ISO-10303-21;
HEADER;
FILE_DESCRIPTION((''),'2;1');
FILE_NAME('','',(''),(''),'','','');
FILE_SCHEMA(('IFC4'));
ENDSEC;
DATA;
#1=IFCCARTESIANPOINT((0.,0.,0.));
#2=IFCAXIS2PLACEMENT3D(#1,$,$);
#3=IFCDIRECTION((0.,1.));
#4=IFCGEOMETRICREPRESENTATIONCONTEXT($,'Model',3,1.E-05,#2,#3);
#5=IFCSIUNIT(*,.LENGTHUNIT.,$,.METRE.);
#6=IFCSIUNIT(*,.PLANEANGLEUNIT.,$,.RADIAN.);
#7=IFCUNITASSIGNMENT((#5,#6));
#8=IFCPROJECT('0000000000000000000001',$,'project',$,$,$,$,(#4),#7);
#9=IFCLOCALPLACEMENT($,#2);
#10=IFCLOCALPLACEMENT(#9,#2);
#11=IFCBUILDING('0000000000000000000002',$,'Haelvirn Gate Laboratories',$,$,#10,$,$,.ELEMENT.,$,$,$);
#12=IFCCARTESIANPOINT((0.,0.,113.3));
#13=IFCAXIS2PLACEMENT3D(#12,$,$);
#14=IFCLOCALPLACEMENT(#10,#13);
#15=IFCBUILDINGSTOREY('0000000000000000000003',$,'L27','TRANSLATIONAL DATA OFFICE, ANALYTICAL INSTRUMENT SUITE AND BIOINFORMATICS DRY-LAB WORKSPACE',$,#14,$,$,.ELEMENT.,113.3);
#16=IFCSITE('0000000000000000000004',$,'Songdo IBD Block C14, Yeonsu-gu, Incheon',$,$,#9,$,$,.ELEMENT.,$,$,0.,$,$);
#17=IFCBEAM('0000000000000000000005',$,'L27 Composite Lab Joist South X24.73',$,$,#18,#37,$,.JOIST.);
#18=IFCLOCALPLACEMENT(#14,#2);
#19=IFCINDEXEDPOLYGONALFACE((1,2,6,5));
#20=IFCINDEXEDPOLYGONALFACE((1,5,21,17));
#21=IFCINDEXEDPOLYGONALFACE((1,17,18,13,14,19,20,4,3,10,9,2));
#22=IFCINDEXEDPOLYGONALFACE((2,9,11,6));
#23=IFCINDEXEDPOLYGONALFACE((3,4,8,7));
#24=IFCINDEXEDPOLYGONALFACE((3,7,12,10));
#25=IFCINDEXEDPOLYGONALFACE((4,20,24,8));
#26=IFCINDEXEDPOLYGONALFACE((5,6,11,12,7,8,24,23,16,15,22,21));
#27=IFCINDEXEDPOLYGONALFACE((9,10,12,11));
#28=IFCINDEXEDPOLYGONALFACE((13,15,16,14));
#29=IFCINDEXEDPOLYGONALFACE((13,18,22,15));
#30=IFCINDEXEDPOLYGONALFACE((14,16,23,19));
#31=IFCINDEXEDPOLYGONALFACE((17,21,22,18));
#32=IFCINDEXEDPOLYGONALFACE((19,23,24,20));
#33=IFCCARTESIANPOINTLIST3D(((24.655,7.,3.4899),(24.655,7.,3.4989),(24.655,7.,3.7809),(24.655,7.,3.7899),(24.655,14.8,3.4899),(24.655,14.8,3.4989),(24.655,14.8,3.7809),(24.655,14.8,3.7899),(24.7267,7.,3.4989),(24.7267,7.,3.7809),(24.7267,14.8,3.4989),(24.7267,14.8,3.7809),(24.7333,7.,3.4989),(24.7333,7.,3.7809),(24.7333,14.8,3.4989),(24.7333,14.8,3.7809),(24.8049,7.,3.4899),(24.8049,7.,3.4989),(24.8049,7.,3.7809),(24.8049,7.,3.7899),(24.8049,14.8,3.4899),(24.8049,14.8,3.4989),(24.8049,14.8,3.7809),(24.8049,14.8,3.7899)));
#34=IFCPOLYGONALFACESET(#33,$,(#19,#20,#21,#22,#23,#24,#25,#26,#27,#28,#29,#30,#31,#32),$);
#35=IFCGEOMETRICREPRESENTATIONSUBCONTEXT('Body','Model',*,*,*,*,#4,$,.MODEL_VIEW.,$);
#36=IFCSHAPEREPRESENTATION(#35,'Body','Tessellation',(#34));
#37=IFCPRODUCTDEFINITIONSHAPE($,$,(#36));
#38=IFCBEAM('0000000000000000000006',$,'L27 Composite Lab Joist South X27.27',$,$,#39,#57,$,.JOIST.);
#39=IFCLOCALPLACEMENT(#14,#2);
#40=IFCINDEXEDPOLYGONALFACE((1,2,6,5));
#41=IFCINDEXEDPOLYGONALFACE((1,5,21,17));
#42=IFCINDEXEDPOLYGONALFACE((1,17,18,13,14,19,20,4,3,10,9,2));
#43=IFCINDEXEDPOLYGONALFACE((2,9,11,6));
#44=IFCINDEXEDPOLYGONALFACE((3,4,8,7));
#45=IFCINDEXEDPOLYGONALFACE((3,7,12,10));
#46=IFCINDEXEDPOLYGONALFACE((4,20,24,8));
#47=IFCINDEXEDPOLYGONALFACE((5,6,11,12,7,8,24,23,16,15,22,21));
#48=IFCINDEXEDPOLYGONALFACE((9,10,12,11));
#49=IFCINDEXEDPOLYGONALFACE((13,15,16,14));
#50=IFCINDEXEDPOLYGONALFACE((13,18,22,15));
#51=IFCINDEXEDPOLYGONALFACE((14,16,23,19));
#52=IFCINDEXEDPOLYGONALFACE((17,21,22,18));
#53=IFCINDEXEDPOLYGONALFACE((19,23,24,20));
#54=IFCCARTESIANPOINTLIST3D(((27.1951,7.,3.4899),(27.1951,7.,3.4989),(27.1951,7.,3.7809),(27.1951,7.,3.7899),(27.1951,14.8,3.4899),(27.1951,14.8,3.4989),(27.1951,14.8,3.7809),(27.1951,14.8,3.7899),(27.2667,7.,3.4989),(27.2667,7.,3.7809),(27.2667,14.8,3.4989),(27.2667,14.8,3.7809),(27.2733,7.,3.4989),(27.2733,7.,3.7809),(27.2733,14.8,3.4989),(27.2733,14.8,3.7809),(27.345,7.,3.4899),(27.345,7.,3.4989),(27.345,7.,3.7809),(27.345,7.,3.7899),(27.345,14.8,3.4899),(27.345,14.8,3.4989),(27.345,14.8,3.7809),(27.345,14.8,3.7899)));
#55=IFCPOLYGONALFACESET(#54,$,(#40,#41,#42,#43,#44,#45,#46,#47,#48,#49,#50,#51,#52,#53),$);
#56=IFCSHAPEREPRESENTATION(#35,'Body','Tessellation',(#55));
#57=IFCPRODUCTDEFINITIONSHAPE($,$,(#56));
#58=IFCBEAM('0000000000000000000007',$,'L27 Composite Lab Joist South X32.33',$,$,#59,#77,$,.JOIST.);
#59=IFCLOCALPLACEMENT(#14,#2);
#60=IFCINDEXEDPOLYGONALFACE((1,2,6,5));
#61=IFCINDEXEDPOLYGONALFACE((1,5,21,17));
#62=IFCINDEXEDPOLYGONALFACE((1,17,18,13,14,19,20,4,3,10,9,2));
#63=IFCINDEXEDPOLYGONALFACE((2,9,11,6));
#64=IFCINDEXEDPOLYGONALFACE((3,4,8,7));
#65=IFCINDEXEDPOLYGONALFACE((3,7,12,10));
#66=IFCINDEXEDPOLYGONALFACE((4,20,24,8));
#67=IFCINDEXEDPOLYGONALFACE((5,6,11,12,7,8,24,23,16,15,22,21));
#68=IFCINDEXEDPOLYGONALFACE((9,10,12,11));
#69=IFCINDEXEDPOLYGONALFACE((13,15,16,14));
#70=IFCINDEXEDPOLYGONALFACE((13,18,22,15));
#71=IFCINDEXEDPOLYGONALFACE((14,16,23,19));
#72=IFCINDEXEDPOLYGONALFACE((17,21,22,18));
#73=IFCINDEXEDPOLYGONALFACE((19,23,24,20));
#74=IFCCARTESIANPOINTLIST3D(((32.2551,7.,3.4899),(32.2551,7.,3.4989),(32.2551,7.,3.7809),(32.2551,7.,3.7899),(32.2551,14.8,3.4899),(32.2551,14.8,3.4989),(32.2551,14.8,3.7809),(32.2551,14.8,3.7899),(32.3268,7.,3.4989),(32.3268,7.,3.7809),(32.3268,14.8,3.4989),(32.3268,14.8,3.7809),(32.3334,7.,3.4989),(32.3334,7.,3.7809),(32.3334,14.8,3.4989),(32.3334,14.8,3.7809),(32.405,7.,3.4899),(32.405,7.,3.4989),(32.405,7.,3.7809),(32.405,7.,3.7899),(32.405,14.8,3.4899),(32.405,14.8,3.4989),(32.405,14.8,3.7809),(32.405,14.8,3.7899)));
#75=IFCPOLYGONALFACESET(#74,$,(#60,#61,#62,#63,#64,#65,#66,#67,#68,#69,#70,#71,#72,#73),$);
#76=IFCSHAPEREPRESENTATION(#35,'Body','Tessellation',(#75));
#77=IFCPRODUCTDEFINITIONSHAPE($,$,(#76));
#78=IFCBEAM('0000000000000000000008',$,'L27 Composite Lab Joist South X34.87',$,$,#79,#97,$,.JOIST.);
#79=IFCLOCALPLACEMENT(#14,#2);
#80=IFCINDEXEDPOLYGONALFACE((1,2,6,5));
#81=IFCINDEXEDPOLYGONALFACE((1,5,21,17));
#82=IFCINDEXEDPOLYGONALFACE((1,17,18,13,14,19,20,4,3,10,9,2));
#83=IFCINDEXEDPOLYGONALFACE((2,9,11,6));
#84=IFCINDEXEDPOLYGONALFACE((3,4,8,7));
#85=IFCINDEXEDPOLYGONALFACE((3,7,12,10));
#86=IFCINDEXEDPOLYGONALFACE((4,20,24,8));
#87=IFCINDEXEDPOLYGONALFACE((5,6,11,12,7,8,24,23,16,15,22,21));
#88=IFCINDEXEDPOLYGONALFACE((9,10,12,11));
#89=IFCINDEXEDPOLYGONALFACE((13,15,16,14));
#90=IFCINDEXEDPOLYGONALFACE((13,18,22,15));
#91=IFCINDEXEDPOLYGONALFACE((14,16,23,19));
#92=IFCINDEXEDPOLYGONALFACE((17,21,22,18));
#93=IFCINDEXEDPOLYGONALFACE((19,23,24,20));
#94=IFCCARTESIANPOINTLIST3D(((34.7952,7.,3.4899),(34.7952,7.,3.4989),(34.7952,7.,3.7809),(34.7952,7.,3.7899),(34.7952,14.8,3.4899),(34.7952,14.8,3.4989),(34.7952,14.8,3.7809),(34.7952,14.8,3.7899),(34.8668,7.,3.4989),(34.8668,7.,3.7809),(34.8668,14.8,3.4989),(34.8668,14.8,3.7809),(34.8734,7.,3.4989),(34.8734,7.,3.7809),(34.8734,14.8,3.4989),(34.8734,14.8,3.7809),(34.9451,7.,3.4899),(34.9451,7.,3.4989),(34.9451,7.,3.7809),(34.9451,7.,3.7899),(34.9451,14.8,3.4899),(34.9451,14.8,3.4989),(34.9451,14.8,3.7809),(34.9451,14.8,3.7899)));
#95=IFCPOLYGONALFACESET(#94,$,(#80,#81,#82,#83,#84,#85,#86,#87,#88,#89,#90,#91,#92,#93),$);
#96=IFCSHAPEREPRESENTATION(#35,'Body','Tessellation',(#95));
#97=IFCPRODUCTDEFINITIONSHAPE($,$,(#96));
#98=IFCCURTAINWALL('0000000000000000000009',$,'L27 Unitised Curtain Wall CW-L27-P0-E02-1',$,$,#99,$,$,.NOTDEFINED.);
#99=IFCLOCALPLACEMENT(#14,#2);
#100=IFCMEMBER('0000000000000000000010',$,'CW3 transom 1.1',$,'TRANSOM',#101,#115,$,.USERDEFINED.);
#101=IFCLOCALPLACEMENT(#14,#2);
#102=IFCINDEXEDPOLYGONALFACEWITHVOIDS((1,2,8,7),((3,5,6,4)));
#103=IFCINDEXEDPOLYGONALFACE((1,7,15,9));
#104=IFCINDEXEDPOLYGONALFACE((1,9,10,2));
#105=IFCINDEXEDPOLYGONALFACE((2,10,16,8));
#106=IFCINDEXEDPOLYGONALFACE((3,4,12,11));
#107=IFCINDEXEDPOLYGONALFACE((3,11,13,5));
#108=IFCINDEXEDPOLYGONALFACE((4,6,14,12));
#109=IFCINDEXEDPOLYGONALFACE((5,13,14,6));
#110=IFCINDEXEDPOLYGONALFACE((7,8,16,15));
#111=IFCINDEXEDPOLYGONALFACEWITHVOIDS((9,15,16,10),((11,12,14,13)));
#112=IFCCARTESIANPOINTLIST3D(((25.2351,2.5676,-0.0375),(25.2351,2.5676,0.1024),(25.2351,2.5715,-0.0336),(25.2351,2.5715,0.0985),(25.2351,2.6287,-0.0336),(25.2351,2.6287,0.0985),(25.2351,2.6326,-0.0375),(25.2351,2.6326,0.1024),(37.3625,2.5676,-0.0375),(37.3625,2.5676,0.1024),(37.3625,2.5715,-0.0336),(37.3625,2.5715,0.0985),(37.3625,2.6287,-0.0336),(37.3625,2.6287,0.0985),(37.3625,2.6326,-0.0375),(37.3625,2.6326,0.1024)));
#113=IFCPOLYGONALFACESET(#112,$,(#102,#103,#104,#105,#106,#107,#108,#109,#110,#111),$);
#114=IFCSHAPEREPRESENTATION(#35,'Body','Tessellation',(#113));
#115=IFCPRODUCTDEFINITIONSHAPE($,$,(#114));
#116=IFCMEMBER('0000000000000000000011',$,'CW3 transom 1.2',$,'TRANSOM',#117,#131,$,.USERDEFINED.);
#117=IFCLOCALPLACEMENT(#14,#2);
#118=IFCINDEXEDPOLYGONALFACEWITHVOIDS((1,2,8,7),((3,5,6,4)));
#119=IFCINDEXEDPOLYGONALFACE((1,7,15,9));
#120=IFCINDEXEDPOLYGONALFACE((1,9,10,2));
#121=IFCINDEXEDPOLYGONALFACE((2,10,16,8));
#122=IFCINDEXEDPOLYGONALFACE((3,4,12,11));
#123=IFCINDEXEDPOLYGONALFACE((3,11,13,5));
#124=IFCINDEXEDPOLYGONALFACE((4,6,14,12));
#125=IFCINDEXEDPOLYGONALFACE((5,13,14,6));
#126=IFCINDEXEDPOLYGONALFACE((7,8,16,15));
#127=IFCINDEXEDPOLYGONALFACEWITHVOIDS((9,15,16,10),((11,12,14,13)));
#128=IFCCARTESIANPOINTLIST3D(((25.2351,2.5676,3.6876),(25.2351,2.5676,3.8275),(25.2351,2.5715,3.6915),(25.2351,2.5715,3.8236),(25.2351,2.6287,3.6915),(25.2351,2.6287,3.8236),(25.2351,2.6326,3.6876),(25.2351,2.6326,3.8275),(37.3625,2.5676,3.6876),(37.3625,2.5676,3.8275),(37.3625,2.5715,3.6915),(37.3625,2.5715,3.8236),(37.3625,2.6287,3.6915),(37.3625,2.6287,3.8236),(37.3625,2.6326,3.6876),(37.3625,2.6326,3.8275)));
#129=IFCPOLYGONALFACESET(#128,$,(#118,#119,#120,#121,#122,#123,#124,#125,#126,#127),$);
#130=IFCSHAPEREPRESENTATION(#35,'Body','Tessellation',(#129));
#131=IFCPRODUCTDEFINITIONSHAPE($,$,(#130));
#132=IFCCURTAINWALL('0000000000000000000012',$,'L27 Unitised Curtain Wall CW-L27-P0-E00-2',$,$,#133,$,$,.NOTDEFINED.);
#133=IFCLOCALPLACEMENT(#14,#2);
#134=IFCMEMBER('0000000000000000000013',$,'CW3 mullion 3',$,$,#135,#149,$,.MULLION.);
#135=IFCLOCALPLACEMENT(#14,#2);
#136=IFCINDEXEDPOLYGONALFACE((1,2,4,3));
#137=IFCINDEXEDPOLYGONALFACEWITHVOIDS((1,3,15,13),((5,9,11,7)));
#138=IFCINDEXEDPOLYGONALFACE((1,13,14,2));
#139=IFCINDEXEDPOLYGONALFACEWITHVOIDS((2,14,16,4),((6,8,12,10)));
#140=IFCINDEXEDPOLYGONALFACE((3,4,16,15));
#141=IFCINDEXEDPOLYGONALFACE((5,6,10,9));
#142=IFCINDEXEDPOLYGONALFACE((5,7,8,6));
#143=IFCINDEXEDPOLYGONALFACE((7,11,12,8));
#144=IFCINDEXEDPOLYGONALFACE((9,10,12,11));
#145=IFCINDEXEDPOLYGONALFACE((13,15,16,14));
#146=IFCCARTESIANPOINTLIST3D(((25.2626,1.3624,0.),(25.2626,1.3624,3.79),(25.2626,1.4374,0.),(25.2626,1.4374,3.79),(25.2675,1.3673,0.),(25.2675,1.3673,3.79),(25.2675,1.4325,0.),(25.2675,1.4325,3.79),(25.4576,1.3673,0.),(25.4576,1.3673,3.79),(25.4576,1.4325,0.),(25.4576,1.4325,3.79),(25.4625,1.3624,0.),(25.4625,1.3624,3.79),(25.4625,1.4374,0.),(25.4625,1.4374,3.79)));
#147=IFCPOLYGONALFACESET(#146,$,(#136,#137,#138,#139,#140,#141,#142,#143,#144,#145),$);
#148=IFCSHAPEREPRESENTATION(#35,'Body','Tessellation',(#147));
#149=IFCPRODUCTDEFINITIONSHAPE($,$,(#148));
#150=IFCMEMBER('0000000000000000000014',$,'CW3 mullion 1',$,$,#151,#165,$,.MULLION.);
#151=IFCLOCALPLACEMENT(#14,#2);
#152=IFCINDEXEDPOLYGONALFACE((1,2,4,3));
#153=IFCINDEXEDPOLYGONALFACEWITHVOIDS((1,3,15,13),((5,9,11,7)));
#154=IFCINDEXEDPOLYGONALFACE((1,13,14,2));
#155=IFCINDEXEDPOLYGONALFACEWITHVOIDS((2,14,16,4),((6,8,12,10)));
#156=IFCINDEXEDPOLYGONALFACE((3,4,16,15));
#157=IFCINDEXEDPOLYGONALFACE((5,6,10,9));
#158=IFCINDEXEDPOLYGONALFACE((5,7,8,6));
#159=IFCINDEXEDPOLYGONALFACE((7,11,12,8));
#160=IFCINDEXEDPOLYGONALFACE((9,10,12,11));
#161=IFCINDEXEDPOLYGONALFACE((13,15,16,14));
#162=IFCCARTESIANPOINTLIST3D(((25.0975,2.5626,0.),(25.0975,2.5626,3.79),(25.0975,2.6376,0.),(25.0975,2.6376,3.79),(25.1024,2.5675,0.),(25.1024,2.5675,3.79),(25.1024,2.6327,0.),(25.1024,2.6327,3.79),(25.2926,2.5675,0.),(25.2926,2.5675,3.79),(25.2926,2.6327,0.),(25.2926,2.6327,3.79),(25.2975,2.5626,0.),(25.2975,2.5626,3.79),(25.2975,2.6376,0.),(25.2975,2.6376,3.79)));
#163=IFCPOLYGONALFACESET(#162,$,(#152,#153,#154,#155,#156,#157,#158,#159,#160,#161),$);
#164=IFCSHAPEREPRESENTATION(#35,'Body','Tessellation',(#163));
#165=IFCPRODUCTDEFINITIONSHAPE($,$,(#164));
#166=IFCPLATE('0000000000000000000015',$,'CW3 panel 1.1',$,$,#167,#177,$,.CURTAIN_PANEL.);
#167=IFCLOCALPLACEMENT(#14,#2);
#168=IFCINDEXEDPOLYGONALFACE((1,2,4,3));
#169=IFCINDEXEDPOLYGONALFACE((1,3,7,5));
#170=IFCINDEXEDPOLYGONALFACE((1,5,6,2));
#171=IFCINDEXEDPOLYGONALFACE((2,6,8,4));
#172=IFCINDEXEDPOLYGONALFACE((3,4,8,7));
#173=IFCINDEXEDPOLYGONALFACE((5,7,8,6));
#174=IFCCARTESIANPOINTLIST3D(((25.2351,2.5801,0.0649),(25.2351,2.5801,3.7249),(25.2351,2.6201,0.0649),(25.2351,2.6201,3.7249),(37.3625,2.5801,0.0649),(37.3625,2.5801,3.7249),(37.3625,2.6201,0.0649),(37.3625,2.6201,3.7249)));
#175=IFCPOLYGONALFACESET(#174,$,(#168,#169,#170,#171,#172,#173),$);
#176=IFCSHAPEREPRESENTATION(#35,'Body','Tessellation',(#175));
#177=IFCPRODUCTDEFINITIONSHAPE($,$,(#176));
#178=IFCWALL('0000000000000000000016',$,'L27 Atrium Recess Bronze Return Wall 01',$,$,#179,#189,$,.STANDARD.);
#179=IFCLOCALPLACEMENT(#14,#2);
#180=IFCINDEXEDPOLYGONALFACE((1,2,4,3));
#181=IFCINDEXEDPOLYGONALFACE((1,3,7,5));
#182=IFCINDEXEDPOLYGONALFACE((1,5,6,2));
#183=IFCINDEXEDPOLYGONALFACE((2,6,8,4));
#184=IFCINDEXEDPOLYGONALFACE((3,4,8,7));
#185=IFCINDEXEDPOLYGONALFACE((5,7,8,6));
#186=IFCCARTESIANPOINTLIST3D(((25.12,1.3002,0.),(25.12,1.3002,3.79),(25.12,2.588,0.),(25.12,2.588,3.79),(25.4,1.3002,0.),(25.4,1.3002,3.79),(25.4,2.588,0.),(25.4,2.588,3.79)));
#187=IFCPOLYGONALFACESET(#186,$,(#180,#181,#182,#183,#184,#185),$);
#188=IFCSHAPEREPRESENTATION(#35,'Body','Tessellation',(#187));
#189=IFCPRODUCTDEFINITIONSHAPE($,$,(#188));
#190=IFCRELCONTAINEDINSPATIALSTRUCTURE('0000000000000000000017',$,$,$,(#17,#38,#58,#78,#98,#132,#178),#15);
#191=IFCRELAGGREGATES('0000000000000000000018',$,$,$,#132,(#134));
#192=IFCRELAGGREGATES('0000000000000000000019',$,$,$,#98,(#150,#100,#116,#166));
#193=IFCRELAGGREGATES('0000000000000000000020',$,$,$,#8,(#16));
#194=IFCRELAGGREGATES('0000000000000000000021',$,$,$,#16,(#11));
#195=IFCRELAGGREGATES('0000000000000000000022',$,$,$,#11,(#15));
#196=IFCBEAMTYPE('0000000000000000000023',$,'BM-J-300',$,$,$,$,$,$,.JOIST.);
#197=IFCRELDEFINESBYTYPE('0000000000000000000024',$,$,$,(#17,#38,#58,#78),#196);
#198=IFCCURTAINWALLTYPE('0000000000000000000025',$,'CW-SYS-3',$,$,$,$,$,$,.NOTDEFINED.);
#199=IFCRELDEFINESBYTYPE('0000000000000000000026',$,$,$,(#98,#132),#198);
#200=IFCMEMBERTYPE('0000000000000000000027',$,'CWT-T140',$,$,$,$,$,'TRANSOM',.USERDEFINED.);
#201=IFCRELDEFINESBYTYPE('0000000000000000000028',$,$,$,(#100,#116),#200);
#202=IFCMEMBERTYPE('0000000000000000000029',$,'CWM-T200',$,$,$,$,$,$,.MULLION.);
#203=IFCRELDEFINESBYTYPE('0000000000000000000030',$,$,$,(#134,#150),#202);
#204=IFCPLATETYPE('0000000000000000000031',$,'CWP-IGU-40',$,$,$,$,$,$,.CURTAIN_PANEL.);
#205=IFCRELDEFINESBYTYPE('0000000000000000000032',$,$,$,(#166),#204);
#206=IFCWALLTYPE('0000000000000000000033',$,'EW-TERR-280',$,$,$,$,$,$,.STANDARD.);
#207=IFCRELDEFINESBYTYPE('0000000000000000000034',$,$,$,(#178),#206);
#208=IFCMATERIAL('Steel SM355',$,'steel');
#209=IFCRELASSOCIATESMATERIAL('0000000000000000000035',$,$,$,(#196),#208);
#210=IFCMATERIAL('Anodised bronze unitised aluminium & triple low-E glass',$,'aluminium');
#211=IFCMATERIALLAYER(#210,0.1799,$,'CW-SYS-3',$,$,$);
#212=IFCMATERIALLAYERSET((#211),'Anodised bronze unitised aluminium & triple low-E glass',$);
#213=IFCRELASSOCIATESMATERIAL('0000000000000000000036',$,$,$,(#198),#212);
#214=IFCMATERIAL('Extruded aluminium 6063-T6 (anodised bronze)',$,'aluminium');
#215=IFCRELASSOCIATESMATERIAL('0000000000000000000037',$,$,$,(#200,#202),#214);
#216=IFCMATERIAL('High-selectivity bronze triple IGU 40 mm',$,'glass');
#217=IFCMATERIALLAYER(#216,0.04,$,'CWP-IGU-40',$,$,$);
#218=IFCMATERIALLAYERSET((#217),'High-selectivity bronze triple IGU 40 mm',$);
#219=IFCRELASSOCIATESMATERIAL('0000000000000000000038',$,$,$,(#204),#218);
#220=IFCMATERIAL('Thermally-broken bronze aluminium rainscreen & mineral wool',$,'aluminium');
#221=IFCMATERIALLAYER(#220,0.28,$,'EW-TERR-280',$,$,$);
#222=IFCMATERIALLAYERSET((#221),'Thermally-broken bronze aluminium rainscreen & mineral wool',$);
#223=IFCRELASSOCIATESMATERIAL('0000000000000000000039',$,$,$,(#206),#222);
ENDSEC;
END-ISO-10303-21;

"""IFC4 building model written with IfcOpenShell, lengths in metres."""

from ifc_helpers import new_model, si_unit, direction, frame, frame_2d, origin, origin_2d, place, context, subcontext, project, spatial, rectangle, hollow_rectangle, i_section, extrude, source, transform, mapped, material, layer, layer_set, material_profile, profile_set, type_object, type_shapes, element, aggregate, save


model = new_model("IFC4")

# Units and contexts
model_context = context("Model", 3, precision=1e-05, world=origin(), true_north=direction((0.0, 1.0)))
body_context = subcontext(model_context, "Body", "Model", "MODEL_VIEW")
ifc_project = project(units=[si_unit("LENGTHUNIT", "METRE"), si_unit("PLANEANGLEUNIT", "RADIAN")], contexts=[model_context])

# Site, building, storey
site_placement = place(None, origin())
site = spatial("IfcSite", under=ifc_project, at=site_placement, Name="Songdo IBD Block C14, Yeonsu-gu, Incheon", CompositionType="ELEMENT", RefElevation=0.0)
building_placement = place(site_placement, origin())
building = spatial("IfcBuilding", under=site, at=building_placement, Name="Haelvirn Gate Laboratories", CompositionType="ELEMENT")
storey_placement = place(building_placement, frame((0.0, 0.0, 113.3)))
storey = spatial("IfcBuildingStorey", under=building, at=storey_placement, Name="L27", Description="TRANSLATIONAL DATA OFFICE, ANALYTICAL INSTRUMENT SUITE AND BIOINFORMATICS DRY-LAB WORKSPACE", CompositionType="ELEMENT", Elevation=113.3)

# Shared definitions
ifc_material_1 = material(Name="Steel SM355", Category="steel")

# Beams
ifc_material_profile_1 = material_profile(ifc_material_1, i_section(OverallWidth=0.1499, OverallDepth=0.3, WebThickness=0.0066, FlangeThickness=0.009, at=origin_2d()), Name="H-300x150x6.5x9")
ifc_profile_set_1 = profile_set([ifc_material_profile_1], Name="Steel SM355")
beam_type_1 = type_object("IfcBeamType", Name="BM-J-300", PredefinedType="JOIST", material=ifc_profile_set_1)
shared_shape_1 = source(origin(), body_context, "Body", "SweptSolid", [
    extrude(i_section(OverallWidth=0.1499, OverallDepth=0.3, WebThickness=0.0066, FlangeThickness=0.009, at=origin_2d()), origin(), (0.0, 0.0, 1.0), 7.8),
])
type_shapes(beam_type_1, [shared_shape_1])
for number, where, z_axis, x_axis, name in (
    (1, (24.73, 7.0, 3.6399), (0.0, 1.0, 0.0), (-1.0, 0.0, 0.0), "L27 Composite Lab Joist South X24.73"),
    (2, (27.27, 7.0, 3.6399), (0.0, 1.0, 0.0), (-1.0, 0.0, 0.0), "L27 Composite Lab Joist South X27.27"),
    (3, (32.3301, 7.0, 3.6399), (0.0, 1.0, 0.0), (-1.0, 0.0, 0.0), "L27 Composite Lab Joist South X32.33"),
    (4, (34.8701, 7.0, 3.6399), (0.0, 1.0, 0.0), (-1.0, 0.0, 0.0), "L27 Composite Lab Joist South X34.87"),
):
    element("IfcBeam", number, at=place(storey_placement, frame(where, z_axis=z_axis, x_axis=x_axis)), inside=storey, type_object=beam_type_1, Name=name, PredefinedType="JOIST", context=body_context, shape_type="MappedRepresentation", body=[
        mapped(shared_shape_1, transform((0.0, 0.0, 0.0), scale=1.0)),
    ])

# Curtain wall, members
ifc_material_2 = material(Name="Anodised bronze unitised aluminium & triple low-E glass", Category="aluminium")
ifc_layer_1 = layer(ifc_material_2, 0.1799, Name="CW-SYS-3")
ifc_layer_set_1 = layer_set([ifc_layer_1], Name="Anodised bronze unitised aluminium & triple low-E glass")
curtain_wall_type = type_object("IfcCurtainWallType", Name="CW-SYS-3", PredefinedType="NOTDEFINED", material=ifc_layer_set_1)
curtain_wall_1_placement = place(storey_placement, origin())
curtain_wall_1 = element("IfcCurtainWall", 5, at=curtain_wall_1_placement, inside=storey, type_object=curtain_wall_type, Name="L27 Unitised Curtain Wall CW-L27-P0-E02-1", PredefinedType="NOTDEFINED")
ifc_material_3 = material(Name="Extruded aluminium 6063-T6 (anodised bronze)", Category="aluminium")
ifc_material_profile_2 = material_profile(ifc_material_3, hollow_rectangle(XDim=0.0649, YDim=0.1399, WallThickness=0.0039, at=origin_2d()), Name="CWT-140x65x4")
ifc_profile_set_2 = profile_set([ifc_material_profile_2], Name="Extruded aluminium 6063-T6 (anodised bronze)")
member_type_1 = type_object("IfcMemberType", Name="CWT-T140", ElementType="TRANSOM", PredefinedType="USERDEFINED", material=ifc_profile_set_2)
shared_shape_2 = source(origin(), body_context, "Body", "SweptSolid", [
    extrude(hollow_rectangle(XDim=0.0649, YDim=0.1399, WallThickness=0.0039, at=origin_2d()), origin(), (0.0, 0.0, 1.0), 12.1274),
])
type_shapes(member_type_1, [shared_shape_2])
member_1_placement = place(storey_placement, frame((25.2351, 2.6001, 0.0325), z_axis=(1.0, 0.0, 0.0), x_axis=(0.0, 1.0, 0.0)))
member_1 = element("IfcMember", 6, at=member_1_placement, type_object=member_type_1, Name="CW3 transom 1.1", ObjectType="TRANSOM", PredefinedType="USERDEFINED", context=body_context, shape_type="MappedRepresentation", body=[
    mapped(shared_shape_2, transform((0.0, 0.0, 0.0), scale=1.0)),
])
member_2_placement = place(storey_placement, frame((25.2351, 2.6001, 3.7576), z_axis=(1.0, 0.0, 0.0), x_axis=(0.0, 1.0, 0.0)))
member_2 = element("IfcMember", 7, at=member_2_placement, type_object=member_type_1, Name="CW3 transom 1.2", ObjectType="TRANSOM", PredefinedType="USERDEFINED", context=body_context, shape_type="MappedRepresentation", body=[
    mapped(shared_shape_2, transform((0.0, 0.0, 0.0), scale=1.0)),
])

# Curtain wall, member
curtain_wall_2_placement = place(storey_placement, origin())
curtain_wall_2 = element("IfcCurtainWall", 8, at=curtain_wall_2_placement, inside=storey, type_object=curtain_wall_type, Name="L27 Unitised Curtain Wall CW-L27-P0-E00-2", PredefinedType="NOTDEFINED")
ifc_material_profile_3 = material_profile(ifc_material_3, hollow_rectangle(XDim=0.075, YDim=0.2, WallThickness=0.0049, at=origin_2d()), Name="CWM-200x75x5")
ifc_profile_set_3 = profile_set([ifc_material_profile_3], Name="Extruded aluminium 6063-T6 (anodised bronze)")
member_type_2 = type_object("IfcMemberType", Name="CWM-T200", PredefinedType="MULLION", material=ifc_profile_set_3)
shared_shape_3 = source(origin(), body_context, "Body", "SweptSolid", [
    extrude(hollow_rectangle(XDim=0.075, YDim=0.2, WallThickness=0.0049, at=origin_2d()), origin(), (0.0, 0.0, 1.0), 3.79),
])
type_shapes(member_type_2, [shared_shape_3])
member_3_placement = place(storey_placement, frame((25.3625, 1.3999, 0.0), z_axis=(0.0, 0.0, 1.0), x_axis=(0.0, 1.0, 0.0)))
member_3 = element("IfcMember", 9, at=member_3_placement, type_object=member_type_2, Name="CW3 mullion 3", PredefinedType="MULLION", context=body_context, shape_type="MappedRepresentation", body=[
    mapped(shared_shape_3, transform((0.0, 0.0, 0.0), scale=1.0)),
])
aggregate(curtain_wall_2, [member_3])

# Member
member_4_placement = place(storey_placement, frame((25.1975, 2.6001, 0.0), z_axis=(0.0, 0.0, 1.0), x_axis=(0.0, 1.0, 0.0)))
member_4 = element("IfcMember", 10, at=member_4_placement, type_object=member_type_2, Name="CW3 mullion 1", PredefinedType="MULLION", context=body_context, shape_type="MappedRepresentation", body=[
    mapped(shared_shape_3, transform((0.0, 0.0, 0.0), scale=1.0)),
])

# Plate
ifc_material_4 = material(Name="High-selectivity bronze triple IGU 40 mm", Category="glass")
ifc_layer_2 = layer(ifc_material_4, 0.04, Name="CWP-IGU-40")
ifc_layer_set_2 = layer_set([ifc_layer_2], Name="High-selectivity bronze triple IGU 40 mm")
plate_type = type_object("IfcPlateType", Name="CWP-IGU-40", PredefinedType="CURTAIN_PANEL", material=ifc_layer_set_2)
shared_shape_4 = source(origin(), body_context, "Body", "SweptSolid", [
    extrude(rectangle(XDim=12.1274, YDim=0.04, at=origin_2d()), origin(), (0.0, 0.0, 1.0), 3.6599),
])
type_shapes(plate_type, [shared_shape_4])
plate_placement = place(storey_placement, frame((31.2988, 2.6001, 0.0649), z_axis=(0.0, 0.0, 1.0), x_axis=(1.0, 0.0, 0.0)))
plate = element("IfcPlate", 11, at=plate_placement, type_object=plate_type, Name="CW3 panel 1.1", PredefinedType="CURTAIN_PANEL", context=body_context, shape_type="MappedRepresentation", body=[
    mapped(shared_shape_4, transform((0.0, 0.0, 0.0), scale=1.0)),
])
aggregate(curtain_wall_1, [member_4, member_1, member_2, plate])

# Wall
ifc_material_5 = material(Name="Thermally-broken bronze aluminium rainscreen & mineral wool", Category="aluminium")
ifc_layer_3 = layer(ifc_material_5, 0.28, Name="EW-TERR-280")
ifc_layer_set_3 = layer_set([ifc_layer_3], Name="Thermally-broken bronze aluminium rainscreen & mineral wool")
wall_type_1 = type_object("IfcWallType", Name="EW-TERR-280", PredefinedType="STANDARD", material=ifc_layer_set_3)
wall_1_placement = place(storey_placement, frame((25.26, 1.3, 0.0), z_axis=(0.0, 0.0, 1.0), x_axis=(0.0, 1.0, 0.0)))
element("IfcWall", 12, at=wall_1_placement, inside=storey, type_object=wall_type_1, Name="L27 Atrium Recess Bronze Return Wall 01", PredefinedType="STANDARD", context=body_context, shape_type="SweptSolid", body=[
    extrude(rectangle(XDim=1.2878, YDim=0.28, at=frame_2d((0.644, 0.0))), origin(), (0.0, 0.0, 1.0), 3.79),
])

save(model, "model.ifc")
